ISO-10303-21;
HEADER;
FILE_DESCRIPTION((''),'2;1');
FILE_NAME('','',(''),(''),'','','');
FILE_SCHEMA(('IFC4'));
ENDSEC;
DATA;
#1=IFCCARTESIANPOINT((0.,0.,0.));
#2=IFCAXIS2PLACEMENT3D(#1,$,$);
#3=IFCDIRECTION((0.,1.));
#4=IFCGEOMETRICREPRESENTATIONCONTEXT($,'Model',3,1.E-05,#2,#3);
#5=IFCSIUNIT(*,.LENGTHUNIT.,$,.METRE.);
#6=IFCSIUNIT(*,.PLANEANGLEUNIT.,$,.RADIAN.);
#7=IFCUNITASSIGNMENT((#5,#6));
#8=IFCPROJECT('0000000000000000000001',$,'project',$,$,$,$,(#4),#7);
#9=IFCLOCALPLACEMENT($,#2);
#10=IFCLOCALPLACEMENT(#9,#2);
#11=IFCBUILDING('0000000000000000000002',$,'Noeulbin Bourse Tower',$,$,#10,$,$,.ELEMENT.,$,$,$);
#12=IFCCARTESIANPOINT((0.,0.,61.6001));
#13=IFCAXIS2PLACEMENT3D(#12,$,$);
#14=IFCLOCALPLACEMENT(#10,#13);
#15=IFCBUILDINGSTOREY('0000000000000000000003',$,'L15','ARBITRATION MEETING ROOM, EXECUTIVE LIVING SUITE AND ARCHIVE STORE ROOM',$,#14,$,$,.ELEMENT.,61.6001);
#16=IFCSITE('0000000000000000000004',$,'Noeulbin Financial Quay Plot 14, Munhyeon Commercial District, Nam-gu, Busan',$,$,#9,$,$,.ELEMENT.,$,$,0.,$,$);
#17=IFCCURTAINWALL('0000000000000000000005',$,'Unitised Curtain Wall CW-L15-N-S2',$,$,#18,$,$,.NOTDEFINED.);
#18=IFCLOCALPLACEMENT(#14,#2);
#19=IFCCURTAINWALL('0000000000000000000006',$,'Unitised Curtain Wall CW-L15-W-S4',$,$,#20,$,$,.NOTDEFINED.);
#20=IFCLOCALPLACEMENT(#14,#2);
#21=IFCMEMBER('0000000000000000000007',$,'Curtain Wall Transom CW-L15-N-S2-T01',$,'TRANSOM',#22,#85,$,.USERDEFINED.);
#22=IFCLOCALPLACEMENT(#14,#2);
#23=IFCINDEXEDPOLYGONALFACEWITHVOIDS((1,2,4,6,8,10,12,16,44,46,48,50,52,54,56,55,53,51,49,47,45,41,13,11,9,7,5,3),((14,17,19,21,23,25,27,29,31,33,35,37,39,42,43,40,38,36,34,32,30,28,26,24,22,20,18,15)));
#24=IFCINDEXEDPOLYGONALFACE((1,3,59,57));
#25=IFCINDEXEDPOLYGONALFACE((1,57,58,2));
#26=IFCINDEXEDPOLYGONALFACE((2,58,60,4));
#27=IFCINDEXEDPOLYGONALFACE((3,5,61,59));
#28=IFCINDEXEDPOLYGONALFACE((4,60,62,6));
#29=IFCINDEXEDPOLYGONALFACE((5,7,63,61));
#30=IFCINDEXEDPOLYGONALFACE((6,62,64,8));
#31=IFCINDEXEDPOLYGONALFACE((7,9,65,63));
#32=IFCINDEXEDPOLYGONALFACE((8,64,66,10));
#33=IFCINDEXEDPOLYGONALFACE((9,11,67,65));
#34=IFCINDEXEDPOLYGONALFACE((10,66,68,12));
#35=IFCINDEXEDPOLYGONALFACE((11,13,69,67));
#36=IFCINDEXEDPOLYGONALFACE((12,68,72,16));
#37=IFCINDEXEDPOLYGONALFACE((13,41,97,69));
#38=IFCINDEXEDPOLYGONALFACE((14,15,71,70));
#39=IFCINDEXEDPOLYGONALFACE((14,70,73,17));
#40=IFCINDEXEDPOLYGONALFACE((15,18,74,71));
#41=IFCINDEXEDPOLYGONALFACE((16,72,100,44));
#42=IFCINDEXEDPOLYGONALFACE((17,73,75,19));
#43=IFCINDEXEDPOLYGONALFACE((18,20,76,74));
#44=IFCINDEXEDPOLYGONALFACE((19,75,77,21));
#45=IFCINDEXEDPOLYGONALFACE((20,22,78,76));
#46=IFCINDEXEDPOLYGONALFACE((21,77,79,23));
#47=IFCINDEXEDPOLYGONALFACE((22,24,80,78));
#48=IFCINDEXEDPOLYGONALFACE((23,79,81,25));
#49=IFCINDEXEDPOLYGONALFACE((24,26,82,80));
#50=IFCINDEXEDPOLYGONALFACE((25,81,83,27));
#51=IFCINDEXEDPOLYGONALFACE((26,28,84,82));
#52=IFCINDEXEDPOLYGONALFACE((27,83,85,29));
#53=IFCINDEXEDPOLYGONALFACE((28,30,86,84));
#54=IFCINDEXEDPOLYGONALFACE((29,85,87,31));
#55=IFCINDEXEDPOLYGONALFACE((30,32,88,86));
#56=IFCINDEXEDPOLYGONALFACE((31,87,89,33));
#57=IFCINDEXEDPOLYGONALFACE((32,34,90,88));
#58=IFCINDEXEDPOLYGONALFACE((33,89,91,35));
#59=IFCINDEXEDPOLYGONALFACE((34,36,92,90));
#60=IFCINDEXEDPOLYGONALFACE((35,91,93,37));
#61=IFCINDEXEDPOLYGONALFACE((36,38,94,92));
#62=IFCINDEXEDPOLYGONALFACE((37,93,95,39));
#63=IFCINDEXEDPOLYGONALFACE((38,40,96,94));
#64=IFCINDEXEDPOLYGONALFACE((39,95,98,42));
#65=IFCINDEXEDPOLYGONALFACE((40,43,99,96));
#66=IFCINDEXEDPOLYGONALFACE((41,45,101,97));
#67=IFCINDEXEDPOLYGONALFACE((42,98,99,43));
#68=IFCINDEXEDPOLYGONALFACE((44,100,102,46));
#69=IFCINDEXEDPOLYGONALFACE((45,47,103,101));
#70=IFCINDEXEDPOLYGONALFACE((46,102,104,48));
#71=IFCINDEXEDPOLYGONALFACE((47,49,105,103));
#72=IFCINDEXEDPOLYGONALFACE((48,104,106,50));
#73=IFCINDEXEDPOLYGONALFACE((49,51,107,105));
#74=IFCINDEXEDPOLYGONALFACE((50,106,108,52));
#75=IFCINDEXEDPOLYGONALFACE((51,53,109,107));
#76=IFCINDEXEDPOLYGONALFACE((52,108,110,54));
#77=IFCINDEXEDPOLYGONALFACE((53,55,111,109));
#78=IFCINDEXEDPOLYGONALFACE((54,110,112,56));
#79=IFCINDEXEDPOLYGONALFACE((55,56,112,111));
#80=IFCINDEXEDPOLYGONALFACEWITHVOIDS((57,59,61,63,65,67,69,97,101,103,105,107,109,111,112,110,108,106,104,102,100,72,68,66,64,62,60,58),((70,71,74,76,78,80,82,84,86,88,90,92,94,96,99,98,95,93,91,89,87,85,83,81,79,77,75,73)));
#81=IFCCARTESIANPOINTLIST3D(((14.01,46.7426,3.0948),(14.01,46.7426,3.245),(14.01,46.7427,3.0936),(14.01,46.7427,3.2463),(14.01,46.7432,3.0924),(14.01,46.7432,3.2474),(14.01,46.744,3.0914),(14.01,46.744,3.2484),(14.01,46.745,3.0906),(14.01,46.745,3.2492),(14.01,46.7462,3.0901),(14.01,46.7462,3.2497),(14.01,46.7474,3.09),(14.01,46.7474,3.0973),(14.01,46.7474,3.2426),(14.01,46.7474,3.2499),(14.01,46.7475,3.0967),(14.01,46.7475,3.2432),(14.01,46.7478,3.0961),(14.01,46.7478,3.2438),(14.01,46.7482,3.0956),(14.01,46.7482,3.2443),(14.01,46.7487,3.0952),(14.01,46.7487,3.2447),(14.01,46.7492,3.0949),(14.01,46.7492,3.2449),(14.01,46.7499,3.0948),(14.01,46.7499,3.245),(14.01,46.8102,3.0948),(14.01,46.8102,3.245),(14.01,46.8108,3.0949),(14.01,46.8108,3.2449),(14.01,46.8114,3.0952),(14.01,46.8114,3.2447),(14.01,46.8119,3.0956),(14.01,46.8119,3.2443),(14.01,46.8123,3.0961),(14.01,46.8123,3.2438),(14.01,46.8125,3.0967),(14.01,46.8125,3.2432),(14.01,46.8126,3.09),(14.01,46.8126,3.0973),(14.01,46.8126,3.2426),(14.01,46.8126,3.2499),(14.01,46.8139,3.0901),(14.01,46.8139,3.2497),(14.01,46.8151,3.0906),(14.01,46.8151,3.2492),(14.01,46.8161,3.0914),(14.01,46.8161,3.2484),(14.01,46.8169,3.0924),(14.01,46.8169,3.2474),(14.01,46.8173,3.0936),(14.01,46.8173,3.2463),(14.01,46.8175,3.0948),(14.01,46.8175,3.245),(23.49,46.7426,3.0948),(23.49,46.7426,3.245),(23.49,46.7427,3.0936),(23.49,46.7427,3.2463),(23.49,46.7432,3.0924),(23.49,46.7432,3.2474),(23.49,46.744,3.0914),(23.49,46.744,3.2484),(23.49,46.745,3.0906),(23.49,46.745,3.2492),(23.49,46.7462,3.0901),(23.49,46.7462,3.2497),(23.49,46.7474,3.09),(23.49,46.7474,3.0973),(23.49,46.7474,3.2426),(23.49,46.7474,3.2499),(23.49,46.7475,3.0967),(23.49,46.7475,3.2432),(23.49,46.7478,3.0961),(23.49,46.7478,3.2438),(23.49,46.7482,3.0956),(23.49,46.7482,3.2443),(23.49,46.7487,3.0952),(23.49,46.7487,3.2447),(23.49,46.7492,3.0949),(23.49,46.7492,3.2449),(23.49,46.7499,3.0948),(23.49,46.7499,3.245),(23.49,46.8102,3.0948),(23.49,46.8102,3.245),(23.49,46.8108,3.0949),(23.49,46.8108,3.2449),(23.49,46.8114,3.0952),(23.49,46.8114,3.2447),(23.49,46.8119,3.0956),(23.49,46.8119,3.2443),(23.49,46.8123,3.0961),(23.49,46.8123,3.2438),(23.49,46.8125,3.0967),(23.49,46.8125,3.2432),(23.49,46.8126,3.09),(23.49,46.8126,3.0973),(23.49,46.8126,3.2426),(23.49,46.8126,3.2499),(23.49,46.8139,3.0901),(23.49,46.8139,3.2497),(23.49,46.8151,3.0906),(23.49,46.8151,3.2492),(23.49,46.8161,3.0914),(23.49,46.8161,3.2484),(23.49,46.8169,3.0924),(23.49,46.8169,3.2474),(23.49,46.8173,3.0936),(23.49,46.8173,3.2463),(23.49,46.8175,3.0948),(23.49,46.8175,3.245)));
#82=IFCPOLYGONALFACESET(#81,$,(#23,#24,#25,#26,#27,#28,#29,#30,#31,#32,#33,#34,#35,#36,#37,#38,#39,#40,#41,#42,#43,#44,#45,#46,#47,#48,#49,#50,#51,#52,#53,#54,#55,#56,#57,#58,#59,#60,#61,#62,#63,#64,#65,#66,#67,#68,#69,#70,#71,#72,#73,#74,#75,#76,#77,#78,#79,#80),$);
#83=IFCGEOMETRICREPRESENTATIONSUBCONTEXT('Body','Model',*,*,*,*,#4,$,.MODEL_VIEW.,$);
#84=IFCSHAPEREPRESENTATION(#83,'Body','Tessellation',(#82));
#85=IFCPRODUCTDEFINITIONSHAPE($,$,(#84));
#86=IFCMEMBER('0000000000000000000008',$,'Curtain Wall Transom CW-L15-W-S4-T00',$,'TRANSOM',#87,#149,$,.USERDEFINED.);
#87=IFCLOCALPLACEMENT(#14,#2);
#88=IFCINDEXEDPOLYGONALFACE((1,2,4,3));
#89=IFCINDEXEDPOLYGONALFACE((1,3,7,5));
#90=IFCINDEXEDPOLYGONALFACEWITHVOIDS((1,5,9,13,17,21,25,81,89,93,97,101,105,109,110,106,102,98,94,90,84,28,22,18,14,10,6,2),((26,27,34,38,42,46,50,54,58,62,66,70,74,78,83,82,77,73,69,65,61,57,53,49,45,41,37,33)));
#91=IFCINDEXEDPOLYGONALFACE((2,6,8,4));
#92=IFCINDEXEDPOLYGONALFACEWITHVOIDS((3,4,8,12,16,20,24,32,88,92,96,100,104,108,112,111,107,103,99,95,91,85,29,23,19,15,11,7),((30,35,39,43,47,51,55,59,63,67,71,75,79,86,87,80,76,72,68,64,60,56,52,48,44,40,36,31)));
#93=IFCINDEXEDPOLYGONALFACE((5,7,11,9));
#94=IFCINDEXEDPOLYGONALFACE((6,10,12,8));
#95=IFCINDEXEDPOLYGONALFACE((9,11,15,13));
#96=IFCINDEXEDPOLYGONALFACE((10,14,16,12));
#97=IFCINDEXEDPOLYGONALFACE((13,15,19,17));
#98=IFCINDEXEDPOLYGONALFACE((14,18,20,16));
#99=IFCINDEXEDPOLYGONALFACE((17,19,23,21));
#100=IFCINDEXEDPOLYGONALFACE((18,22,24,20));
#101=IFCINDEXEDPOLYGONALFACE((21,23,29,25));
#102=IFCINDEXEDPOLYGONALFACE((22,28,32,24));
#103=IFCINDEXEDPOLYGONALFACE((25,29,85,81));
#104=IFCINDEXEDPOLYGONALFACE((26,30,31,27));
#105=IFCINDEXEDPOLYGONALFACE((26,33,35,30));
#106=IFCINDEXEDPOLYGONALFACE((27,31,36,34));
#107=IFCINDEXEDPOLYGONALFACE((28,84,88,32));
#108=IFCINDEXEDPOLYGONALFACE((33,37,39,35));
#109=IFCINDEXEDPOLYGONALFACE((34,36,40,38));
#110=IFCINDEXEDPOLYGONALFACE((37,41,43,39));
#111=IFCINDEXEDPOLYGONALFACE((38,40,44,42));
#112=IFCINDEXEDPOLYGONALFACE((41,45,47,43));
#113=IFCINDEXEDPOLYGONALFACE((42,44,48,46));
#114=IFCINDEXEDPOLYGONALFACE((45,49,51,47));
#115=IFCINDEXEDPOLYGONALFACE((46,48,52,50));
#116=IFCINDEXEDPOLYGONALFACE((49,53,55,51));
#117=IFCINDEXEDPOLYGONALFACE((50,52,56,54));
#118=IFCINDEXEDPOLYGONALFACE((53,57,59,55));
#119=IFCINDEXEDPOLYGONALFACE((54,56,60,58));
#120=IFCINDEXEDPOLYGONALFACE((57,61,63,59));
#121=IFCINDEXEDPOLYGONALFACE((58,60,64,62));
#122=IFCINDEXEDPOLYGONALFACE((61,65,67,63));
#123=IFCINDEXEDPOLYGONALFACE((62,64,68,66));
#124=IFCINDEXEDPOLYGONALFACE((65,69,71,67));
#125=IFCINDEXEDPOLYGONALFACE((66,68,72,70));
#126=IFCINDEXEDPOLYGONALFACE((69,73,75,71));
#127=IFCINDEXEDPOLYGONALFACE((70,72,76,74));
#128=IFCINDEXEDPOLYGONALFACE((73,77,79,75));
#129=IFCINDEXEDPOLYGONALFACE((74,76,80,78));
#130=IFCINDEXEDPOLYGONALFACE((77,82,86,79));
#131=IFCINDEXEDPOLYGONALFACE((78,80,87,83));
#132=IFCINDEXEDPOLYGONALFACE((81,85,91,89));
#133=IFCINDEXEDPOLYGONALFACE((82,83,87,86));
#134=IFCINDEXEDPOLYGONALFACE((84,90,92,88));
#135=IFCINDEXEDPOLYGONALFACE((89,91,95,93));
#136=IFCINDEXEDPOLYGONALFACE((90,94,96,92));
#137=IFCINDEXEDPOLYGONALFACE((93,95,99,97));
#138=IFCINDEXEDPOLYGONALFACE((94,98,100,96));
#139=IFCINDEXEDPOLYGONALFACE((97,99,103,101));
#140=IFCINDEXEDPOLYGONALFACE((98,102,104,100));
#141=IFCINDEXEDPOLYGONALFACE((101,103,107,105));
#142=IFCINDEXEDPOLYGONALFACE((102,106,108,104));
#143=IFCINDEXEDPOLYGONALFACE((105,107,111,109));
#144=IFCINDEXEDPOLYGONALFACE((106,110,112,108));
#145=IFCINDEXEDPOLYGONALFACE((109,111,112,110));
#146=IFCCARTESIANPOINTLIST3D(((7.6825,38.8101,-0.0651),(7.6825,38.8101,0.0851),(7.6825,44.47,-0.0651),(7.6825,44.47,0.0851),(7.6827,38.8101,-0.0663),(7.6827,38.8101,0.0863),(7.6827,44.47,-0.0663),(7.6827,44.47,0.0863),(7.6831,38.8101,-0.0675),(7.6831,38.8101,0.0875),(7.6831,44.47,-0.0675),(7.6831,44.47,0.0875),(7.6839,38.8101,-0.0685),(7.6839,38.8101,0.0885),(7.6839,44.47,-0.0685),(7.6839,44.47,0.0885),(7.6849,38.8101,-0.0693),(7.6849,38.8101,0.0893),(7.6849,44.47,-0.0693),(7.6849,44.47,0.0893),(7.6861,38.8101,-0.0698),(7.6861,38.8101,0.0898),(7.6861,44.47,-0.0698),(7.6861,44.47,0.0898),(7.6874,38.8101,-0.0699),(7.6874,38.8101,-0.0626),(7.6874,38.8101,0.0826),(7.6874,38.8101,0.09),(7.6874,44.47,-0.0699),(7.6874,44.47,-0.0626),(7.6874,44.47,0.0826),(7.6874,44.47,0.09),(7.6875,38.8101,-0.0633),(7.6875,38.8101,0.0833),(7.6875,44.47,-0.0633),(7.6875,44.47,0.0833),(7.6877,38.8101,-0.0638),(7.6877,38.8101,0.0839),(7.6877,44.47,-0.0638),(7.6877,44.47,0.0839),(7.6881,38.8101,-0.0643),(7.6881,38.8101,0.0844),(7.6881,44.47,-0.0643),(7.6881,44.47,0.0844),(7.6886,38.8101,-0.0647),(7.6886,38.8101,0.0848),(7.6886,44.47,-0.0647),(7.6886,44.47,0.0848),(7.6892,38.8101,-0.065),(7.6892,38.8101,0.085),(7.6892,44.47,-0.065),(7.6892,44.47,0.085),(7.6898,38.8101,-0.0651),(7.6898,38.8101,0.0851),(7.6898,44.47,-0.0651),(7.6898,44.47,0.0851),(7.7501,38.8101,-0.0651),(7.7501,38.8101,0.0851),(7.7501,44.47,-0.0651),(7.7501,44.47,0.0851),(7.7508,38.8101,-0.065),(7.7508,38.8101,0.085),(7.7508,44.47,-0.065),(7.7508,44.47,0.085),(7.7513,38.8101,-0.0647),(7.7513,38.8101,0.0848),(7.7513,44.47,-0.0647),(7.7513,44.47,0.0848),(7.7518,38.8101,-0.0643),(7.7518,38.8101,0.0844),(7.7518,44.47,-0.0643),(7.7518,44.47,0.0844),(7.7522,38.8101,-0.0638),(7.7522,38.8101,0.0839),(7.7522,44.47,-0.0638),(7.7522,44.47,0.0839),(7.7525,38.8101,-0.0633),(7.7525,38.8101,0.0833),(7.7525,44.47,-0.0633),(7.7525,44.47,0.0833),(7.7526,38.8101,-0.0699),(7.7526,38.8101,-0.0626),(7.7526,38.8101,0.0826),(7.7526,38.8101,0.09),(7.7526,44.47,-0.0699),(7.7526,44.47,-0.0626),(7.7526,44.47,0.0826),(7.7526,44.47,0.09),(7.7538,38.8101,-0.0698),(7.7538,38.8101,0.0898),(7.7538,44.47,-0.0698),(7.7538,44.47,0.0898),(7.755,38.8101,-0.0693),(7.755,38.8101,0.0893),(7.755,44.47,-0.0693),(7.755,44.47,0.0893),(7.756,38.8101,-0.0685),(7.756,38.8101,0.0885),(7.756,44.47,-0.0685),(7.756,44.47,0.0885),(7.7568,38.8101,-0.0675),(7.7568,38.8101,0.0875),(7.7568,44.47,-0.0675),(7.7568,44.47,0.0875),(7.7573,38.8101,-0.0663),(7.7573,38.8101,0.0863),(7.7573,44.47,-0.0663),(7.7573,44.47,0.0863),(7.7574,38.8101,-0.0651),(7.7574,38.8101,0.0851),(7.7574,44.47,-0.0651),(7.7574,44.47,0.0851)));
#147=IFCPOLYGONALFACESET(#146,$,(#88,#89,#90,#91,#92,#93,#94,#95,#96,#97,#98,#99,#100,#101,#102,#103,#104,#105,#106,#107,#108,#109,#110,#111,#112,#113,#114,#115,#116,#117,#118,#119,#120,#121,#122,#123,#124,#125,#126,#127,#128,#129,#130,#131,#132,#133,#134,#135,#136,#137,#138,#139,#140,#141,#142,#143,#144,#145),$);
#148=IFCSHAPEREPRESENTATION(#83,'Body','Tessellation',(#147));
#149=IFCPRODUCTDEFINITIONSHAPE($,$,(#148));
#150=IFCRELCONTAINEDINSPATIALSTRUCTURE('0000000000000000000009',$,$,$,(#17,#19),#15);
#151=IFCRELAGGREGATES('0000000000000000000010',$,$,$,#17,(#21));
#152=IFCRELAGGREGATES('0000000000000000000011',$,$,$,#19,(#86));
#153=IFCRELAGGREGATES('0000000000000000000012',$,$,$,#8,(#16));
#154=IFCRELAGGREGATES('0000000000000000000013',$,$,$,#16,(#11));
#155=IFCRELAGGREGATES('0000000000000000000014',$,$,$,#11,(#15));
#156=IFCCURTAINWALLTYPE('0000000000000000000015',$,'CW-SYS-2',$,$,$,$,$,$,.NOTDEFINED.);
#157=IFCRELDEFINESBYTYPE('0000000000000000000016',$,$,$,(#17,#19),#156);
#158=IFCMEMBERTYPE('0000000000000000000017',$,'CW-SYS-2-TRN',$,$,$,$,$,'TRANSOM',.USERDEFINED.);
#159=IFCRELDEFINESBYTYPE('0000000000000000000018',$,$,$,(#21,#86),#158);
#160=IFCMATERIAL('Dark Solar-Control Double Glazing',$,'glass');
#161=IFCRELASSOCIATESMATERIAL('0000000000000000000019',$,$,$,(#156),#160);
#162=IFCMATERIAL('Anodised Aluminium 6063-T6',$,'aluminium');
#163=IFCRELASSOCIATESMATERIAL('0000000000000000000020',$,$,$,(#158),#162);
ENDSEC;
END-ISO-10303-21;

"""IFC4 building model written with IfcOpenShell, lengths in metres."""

from ifc_helpers import new_model, si_unit, direction, frame, origin, origin_2d, place, context, subcontext, project, spatial, hollow_rectangle, extrude, material, material_profile, profile_set, type_object, element, aggregate, save


model = new_model("IFC4")

# Units and contexts
model_context = context("Model", 3, precision=1e-05, world=origin(), true_north=direction((0.0, 1.0)))
body_context = subcontext(model_context, "Body", "Model", "MODEL_VIEW")
ifc_project = project(units=[si_unit("LENGTHUNIT", "METRE"), si_unit("PLANEANGLEUNIT", "RADIAN")], contexts=[model_context])

# Site, building, storey
site_placement = place(None, origin())
site = spatial("IfcSite", under=ifc_project, at=site_placement, Name="Noeulbin Financial Quay Plot 14, Munhyeon Commercial District, Nam-gu, Busan", CompositionType="ELEMENT", RefElevation=0.0)
building_placement = place(site_placement, origin())
building = spatial("IfcBuilding", under=site, at=building_placement, Name="Noeulbin Bourse Tower", CompositionType="ELEMENT")
storey_placement = place(building_placement, frame((0.0, 0.0, 61.6001)))
storey = spatial("IfcBuildingStorey", under=building, at=storey_placement, Name="L15", Description="ARBITRATION MEETING ROOM, EXECUTIVE LIVING SUITE AND ARCHIVE STORE ROOM", CompositionType="ELEMENT", Elevation=61.6001)

# Shared definitions
ifc_material_1 = material(Name="Dark Solar-Control Double Glazing", Category="glass")
curtain_wall_type = type_object("IfcCurtainWallType", Name="CW-SYS-2", PredefinedType="NOTDEFINED", material=ifc_material_1)
ifc_material_2 = material(Name="Anodised Aluminium 6063-T6", Category="aluminium")

# Curtain wall
curtain_wall_1_placement = place(storey_placement, origin())
curtain_wall_1 = element("IfcCurtainWall", 1, at=curtain_wall_1_placement, inside=storey, type_object=curtain_wall_type, Name="Unitised Curtain Wall CW-L15-N-S2", PredefinedType="NOTDEFINED")

# Curtain wall
curtain_wall_2_placement = place(storey_placement, origin())
curtain_wall_2 = element("IfcCurtainWall", 2, at=curtain_wall_2_placement, inside=storey, type_object=curtain_wall_type, Name="Unitised Curtain Wall CW-L15-W-S4", PredefinedType="NOTDEFINED")

# Members
ifc_material_profile_1 = material_profile(ifc_material_2, hollow_rectangle(XDim=0.075, YDim=0.1599, WallThickness=0.0049, InnerFilletRadius=0.0024, OuterFilletRadius=0.0049, at=origin_2d()), Name="ALU-TRAN-75x160x5", Category="LoadBearing")
ifc_profile_set_1 = profile_set([ifc_material_profile_1], Name="Anodised Aluminium 6063-T6")
member_type_1 = type_object("IfcMemberType", Name="CW-SYS-2-TRN", ElementType="TRANSOM", PredefinedType="USERDEFINED", material=ifc_profile_set_1)
member_1_placement = place(storey_placement, frame((14.01, 46.78, 3.1699), z_axis=(1.0, 0.0, 0.0), x_axis=(0.0, 1.0, 0.0)))
member_1 = element("IfcMember", 3, at=member_1_placement, type_object=member_type_1, Name="Curtain Wall Transom CW-L15-N-S2-T01", ObjectType="TRANSOM", PredefinedType="USERDEFINED", context=body_context, shape_type="SweptSolid", body=[
    extrude(hollow_rectangle(XDim=0.075, YDim=0.1599, WallThickness=0.0049, InnerFilletRadius=0.0024, OuterFilletRadius=0.0049, at=origin_2d()), origin(), (0.0, 0.0, 1.0), 9.48),
])
aggregate(curtain_wall_1, [member_1])
member_2_placement = place(storey_placement, frame((7.72, 38.8101, 0.01), z_axis=(0.0, 1.0, 0.0), x_axis=(-1.0, 0.0, 0.0)))
member_2 = element("IfcMember", 4, at=member_2_placement, type_object=member_type_1, Name="Curtain Wall Transom CW-L15-W-S4-T00", ObjectType="TRANSOM", PredefinedType="USERDEFINED", context=body_context, shape_type="SweptSolid", body=[
    extrude(hollow_rectangle(XDim=0.075, YDim=0.1599, WallThickness=0.0049, InnerFilletRadius=0.0024, OuterFilletRadius=0.0049, at=origin_2d()), origin(), (0.0, 0.0, 1.0), 5.6599),
])

aggregate(curtain_wall_2, [member_2])

save(model, "model.ifc")
